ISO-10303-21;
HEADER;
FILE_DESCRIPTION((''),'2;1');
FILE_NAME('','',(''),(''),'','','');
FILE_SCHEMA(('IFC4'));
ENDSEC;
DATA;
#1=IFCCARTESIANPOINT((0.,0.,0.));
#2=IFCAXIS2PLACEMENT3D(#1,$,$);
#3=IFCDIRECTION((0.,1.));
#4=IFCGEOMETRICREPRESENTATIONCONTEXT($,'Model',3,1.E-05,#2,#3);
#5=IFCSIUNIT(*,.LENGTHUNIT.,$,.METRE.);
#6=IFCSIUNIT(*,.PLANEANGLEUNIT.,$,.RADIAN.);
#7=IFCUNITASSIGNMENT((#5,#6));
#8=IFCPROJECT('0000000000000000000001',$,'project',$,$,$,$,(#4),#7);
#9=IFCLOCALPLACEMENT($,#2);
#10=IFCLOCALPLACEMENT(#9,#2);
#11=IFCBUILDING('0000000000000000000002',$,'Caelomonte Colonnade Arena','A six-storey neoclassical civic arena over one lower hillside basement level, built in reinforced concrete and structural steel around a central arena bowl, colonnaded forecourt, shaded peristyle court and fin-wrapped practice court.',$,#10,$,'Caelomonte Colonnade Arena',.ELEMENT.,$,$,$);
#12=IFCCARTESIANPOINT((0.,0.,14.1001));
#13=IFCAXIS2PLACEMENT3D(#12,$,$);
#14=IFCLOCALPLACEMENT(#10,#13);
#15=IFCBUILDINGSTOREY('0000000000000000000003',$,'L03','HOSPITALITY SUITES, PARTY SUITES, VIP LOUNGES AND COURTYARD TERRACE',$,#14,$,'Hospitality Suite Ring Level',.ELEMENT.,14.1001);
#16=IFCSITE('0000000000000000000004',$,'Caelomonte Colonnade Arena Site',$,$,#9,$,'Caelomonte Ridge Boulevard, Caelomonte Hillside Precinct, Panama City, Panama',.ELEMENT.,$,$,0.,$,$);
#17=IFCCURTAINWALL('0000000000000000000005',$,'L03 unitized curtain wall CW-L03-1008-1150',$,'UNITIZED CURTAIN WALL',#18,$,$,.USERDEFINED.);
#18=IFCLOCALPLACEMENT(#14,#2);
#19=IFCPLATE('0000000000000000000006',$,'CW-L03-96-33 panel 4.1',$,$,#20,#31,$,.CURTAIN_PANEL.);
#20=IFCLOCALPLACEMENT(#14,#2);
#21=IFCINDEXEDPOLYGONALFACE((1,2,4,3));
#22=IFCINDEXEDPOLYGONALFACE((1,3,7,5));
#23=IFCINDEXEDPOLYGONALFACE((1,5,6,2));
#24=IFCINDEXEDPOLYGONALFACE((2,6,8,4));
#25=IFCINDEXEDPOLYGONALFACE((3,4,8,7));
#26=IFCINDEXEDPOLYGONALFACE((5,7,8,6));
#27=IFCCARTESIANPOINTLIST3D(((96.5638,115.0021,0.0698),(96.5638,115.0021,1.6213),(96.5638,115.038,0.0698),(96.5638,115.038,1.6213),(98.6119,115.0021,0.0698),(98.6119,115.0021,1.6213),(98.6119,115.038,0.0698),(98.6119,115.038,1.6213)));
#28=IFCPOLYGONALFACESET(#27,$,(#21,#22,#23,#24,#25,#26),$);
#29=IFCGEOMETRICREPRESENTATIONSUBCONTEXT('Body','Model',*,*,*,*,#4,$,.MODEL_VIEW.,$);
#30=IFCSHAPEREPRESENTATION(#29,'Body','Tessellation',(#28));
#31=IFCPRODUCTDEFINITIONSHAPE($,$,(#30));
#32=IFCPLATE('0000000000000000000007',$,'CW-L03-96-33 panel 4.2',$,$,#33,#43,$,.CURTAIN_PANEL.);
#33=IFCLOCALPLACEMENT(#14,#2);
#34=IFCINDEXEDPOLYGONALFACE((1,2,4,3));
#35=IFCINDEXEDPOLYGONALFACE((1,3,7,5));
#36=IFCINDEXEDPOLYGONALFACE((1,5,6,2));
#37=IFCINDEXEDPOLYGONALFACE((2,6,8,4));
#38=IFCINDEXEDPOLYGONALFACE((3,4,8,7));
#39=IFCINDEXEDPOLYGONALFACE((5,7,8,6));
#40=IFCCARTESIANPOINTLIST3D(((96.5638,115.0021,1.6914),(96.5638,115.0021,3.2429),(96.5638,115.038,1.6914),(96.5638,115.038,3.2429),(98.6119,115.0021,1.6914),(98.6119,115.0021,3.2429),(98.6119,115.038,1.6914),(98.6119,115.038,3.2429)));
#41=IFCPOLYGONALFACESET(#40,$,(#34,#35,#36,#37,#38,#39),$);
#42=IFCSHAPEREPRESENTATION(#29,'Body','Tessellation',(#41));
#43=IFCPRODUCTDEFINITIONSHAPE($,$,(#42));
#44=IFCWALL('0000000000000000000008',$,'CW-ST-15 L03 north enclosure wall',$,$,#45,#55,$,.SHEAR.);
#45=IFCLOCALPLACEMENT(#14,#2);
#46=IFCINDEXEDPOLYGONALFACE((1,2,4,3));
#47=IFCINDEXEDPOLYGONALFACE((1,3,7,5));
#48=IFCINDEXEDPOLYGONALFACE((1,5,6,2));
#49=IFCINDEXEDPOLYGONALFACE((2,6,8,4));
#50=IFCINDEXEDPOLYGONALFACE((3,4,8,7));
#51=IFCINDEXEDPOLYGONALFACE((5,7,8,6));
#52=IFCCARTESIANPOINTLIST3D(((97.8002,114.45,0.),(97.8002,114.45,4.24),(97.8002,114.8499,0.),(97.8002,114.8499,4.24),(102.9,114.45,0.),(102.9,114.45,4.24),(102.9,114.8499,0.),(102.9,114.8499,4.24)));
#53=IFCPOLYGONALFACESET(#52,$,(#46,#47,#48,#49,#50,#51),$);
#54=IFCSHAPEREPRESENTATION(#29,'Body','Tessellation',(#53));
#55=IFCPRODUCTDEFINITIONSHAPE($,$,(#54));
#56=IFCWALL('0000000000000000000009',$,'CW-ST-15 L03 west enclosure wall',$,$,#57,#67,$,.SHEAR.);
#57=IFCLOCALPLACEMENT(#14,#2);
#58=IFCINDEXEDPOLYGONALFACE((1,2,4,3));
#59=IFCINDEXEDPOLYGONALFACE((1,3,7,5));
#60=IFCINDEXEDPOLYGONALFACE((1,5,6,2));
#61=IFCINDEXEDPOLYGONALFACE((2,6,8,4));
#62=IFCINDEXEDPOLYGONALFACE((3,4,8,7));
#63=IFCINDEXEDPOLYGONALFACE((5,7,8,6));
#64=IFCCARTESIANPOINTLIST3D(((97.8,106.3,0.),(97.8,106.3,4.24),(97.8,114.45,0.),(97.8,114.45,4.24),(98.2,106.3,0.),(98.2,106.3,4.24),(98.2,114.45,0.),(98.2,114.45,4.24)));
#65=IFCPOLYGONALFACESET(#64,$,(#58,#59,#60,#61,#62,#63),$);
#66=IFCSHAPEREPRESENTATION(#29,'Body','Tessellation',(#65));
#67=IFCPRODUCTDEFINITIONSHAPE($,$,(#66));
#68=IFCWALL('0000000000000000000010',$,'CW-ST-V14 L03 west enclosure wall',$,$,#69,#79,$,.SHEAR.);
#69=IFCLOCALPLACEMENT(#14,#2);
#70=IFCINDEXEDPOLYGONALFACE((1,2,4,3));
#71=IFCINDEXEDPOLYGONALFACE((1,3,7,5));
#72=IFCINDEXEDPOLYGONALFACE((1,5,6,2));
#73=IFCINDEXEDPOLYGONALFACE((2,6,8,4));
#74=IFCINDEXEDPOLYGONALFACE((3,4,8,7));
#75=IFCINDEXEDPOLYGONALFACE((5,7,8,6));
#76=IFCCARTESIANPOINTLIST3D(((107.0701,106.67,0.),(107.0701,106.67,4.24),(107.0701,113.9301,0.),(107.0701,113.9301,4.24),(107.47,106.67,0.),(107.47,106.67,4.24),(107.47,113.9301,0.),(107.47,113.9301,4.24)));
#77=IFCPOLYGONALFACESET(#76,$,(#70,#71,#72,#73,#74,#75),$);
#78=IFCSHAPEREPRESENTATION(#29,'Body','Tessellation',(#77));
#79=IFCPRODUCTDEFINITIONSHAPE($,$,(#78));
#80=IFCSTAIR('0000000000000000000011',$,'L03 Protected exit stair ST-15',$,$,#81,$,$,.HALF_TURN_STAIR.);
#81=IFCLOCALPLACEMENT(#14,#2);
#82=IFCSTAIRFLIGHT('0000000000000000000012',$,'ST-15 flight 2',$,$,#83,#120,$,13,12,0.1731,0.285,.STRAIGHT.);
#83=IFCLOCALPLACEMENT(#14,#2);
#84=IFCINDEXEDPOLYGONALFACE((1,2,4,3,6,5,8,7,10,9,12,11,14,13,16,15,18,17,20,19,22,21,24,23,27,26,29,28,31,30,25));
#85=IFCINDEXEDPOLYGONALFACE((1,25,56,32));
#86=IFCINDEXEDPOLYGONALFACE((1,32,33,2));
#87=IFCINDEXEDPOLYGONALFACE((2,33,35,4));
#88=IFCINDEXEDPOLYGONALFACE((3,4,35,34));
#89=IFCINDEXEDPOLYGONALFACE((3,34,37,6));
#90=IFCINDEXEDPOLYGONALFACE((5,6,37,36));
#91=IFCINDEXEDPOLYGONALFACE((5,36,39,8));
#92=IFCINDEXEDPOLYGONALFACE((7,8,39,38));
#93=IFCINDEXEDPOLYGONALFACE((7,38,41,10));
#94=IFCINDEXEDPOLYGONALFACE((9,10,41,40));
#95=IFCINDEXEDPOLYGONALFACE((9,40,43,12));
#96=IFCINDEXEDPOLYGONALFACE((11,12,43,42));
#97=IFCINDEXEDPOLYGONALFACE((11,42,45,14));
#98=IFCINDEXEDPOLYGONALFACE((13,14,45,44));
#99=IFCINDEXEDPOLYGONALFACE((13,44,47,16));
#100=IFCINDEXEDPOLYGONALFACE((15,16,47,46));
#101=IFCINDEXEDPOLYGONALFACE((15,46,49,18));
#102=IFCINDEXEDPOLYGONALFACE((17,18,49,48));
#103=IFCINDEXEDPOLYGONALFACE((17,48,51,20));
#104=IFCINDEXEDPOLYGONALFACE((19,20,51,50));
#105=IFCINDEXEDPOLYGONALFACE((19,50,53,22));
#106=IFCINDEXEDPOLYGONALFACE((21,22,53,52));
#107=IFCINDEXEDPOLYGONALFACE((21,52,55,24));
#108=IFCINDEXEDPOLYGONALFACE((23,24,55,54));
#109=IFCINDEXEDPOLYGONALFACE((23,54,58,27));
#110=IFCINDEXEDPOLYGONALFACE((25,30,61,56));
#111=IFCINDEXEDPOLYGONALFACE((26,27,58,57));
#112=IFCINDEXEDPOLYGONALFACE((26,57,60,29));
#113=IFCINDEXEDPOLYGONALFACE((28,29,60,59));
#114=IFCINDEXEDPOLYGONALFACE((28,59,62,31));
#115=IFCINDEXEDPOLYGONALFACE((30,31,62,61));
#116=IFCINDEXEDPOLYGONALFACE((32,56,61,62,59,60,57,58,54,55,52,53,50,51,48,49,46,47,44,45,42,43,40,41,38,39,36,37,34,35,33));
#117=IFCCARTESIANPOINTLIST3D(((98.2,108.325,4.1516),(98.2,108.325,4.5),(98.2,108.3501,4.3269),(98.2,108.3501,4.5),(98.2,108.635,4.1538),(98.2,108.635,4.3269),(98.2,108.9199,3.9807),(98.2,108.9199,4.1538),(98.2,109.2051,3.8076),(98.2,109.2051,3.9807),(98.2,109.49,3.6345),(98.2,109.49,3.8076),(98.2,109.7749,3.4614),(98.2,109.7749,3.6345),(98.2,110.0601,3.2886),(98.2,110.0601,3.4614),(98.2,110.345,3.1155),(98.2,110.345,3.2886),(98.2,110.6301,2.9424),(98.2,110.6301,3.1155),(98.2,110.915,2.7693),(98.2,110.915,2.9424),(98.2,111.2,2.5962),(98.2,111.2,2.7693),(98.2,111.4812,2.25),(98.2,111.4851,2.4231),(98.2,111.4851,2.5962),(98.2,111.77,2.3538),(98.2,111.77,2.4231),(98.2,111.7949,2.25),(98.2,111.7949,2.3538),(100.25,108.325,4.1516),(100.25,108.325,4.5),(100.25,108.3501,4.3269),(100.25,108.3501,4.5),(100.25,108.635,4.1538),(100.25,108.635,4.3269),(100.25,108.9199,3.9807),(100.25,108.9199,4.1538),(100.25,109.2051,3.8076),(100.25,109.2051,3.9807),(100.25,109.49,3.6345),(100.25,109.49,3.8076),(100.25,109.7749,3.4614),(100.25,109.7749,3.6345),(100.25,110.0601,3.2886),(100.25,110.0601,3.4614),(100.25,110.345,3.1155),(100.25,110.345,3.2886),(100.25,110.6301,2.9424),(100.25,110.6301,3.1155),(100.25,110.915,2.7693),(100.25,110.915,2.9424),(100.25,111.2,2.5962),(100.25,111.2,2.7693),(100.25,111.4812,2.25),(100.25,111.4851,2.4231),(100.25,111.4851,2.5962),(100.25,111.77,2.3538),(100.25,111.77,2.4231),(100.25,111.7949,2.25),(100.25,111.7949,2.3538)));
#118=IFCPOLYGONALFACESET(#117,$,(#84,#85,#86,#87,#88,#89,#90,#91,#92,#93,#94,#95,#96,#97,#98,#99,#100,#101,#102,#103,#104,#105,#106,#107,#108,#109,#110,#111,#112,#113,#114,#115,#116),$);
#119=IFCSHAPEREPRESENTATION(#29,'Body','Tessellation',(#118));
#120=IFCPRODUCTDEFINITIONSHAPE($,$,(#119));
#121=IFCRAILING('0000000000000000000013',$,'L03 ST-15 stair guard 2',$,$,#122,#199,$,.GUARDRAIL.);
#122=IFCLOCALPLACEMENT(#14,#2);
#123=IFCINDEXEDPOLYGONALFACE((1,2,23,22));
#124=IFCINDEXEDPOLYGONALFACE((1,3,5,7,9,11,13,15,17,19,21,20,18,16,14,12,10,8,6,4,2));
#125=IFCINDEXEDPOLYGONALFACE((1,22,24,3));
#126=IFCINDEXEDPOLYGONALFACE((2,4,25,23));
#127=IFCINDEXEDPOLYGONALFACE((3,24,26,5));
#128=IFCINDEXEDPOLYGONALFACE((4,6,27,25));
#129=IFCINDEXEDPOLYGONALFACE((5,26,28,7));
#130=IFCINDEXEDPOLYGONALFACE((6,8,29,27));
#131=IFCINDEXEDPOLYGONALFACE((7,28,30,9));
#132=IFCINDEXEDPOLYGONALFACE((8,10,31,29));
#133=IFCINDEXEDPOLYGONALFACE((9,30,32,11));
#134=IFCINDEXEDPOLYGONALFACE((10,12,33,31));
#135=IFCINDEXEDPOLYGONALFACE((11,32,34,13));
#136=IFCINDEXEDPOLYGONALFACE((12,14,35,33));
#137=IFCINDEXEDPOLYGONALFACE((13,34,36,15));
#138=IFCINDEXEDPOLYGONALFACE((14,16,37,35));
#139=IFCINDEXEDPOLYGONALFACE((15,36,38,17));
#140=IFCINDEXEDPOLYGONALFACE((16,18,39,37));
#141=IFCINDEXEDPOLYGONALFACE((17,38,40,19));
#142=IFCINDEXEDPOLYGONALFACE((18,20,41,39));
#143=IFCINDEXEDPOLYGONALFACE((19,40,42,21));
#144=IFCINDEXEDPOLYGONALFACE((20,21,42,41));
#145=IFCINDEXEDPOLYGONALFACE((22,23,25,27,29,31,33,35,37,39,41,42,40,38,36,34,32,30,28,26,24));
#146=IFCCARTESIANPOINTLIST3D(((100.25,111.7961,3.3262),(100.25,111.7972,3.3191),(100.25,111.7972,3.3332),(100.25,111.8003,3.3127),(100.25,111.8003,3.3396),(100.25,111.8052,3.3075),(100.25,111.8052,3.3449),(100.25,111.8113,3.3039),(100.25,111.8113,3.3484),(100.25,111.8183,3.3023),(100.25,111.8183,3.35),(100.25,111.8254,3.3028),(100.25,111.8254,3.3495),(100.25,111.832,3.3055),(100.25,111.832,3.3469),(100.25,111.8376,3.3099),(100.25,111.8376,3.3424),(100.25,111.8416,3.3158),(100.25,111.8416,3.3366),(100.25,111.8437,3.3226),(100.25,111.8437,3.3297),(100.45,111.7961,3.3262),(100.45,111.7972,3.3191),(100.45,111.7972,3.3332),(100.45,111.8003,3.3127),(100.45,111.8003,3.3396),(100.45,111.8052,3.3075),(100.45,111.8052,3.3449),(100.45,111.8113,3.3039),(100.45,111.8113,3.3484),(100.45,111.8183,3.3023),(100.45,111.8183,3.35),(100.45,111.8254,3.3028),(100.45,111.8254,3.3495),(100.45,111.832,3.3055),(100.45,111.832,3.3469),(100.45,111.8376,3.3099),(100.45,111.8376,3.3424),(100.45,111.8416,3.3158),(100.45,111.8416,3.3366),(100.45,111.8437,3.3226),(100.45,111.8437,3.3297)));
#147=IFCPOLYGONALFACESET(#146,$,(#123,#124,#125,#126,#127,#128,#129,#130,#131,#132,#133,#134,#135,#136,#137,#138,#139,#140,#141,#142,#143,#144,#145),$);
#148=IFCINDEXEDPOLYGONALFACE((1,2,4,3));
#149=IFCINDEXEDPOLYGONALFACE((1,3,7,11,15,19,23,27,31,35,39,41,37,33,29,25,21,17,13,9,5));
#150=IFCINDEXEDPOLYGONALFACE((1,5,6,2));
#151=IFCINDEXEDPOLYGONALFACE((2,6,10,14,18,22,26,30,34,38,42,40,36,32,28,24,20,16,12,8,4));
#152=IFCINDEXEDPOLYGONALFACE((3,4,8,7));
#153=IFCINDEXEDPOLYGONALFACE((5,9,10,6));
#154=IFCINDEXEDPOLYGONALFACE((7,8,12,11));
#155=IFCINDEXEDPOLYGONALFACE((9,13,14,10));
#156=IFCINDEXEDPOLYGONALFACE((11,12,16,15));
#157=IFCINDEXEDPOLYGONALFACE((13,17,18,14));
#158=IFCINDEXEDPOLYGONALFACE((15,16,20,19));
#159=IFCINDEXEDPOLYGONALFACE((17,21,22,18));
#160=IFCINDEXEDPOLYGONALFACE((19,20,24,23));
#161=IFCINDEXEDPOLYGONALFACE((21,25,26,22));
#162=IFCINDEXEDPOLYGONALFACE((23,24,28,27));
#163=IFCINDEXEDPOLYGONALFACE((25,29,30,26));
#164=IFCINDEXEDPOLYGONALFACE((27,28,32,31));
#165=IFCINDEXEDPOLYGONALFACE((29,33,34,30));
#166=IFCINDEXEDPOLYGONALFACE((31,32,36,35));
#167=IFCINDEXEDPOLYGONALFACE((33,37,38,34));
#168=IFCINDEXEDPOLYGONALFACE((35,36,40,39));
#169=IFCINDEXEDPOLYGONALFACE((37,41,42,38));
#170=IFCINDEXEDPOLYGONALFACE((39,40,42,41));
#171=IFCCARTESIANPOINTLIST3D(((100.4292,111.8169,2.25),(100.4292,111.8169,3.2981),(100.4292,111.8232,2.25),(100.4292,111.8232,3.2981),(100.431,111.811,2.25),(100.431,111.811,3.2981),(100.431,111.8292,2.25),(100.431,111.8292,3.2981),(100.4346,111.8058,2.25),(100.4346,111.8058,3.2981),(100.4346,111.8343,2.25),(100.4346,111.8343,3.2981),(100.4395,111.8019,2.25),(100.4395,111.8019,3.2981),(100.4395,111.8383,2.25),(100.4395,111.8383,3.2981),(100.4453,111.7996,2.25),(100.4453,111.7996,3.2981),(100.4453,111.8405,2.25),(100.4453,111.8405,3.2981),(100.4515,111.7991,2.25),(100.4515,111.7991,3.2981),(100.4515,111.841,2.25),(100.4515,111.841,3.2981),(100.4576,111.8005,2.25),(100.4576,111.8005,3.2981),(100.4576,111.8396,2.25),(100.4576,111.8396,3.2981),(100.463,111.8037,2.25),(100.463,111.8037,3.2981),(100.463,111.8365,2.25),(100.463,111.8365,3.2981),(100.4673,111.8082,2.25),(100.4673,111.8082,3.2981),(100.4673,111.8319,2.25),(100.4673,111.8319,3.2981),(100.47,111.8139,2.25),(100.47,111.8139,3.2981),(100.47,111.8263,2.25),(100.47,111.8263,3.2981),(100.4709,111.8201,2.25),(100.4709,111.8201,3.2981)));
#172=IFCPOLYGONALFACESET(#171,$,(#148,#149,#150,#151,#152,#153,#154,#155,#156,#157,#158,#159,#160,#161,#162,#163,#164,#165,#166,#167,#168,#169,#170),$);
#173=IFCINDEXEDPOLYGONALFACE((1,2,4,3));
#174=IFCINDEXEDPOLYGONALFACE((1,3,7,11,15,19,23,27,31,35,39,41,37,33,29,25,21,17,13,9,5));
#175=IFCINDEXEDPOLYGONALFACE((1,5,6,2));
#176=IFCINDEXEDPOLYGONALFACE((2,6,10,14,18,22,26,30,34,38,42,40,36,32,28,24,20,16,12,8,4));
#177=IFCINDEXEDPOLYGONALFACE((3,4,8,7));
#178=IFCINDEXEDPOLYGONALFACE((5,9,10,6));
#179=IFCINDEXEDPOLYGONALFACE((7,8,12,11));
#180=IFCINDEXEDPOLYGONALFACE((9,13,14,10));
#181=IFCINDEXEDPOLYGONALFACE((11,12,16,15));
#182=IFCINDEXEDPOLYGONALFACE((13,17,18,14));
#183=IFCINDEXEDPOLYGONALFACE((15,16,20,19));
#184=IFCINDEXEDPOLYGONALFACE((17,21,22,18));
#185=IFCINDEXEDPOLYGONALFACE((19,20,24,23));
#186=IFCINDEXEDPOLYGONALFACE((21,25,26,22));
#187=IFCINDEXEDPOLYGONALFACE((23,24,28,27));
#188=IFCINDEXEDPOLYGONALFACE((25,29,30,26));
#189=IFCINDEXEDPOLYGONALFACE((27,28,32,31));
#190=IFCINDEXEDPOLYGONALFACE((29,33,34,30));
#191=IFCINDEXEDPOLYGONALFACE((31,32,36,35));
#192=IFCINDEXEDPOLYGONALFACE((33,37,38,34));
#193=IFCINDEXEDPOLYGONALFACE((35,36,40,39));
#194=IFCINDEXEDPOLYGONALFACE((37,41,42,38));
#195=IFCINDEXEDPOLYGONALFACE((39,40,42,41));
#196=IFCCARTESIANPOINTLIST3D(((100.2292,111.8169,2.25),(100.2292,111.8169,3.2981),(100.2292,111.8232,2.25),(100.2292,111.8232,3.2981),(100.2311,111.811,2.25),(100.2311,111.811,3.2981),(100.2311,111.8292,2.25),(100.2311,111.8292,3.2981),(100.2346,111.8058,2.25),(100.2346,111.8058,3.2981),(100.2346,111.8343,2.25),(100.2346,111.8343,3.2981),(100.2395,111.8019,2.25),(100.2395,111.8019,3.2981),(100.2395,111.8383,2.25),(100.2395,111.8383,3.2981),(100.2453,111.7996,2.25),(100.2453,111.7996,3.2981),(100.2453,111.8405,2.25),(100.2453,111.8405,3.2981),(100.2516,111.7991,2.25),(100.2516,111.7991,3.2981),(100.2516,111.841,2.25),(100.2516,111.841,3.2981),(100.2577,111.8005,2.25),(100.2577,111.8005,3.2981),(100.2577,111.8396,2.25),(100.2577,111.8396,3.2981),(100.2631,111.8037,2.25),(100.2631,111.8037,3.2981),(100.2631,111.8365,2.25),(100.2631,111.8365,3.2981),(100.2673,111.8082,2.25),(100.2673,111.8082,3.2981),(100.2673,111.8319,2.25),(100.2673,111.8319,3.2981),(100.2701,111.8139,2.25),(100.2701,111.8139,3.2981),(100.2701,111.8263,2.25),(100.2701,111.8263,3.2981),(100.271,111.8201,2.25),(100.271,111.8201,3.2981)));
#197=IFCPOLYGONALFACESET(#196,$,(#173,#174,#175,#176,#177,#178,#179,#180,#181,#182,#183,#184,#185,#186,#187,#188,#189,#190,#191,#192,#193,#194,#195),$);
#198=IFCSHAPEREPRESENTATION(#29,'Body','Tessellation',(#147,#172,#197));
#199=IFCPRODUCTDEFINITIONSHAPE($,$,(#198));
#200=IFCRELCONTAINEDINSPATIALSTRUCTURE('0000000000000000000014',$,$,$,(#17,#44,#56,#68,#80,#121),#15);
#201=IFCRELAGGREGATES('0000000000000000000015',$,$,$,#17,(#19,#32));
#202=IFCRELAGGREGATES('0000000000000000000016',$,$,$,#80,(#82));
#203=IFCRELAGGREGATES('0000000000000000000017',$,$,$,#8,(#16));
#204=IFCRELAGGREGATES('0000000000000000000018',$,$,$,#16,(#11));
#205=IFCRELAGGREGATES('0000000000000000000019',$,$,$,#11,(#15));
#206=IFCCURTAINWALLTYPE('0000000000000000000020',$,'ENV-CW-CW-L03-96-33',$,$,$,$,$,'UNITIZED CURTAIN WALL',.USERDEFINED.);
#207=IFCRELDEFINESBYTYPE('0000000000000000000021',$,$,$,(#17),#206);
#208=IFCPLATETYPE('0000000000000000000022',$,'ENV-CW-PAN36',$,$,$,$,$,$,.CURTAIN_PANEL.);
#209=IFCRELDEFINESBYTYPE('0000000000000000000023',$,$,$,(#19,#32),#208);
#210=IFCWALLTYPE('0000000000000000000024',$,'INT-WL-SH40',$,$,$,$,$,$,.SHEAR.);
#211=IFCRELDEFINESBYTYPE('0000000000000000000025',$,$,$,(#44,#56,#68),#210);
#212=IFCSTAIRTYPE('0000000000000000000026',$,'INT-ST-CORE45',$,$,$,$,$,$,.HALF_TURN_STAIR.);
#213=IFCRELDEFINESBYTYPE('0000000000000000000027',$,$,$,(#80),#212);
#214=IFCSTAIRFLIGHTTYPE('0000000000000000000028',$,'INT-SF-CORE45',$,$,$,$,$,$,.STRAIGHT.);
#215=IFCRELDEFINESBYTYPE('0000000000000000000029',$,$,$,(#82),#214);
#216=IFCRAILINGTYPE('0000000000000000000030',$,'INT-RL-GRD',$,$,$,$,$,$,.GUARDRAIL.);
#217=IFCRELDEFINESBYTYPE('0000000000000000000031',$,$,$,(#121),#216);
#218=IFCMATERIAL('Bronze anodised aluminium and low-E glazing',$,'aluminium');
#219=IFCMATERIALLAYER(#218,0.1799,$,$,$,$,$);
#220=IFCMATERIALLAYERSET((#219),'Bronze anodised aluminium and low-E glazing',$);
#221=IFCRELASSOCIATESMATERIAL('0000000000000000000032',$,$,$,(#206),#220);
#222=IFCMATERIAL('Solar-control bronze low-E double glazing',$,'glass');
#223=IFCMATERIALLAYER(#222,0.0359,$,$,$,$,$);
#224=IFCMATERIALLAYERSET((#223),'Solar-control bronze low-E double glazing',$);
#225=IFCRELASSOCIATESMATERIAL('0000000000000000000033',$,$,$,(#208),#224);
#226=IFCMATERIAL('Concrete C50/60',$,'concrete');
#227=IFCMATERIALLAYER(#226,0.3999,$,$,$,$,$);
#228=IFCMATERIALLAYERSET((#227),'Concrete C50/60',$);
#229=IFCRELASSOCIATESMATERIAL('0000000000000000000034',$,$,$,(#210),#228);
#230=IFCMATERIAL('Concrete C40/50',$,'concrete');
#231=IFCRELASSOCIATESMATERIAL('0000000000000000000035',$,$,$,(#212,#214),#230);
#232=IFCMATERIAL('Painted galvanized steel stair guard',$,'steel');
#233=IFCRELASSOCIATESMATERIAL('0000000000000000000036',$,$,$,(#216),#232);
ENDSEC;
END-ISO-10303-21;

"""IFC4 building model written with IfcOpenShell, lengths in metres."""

from ifc_helpers import new_model, si_unit, direction, frame, frame_2d, origin, origin_2d, place, context, subcontext, project, spatial, polyline, rectangle, circle, outline, extrude, material, layer, layer_set, type_object, element, aggregate, save


model = new_model("IFC4")

# Units and contexts
model_context = context("Model", 3, precision=1e-05, world=origin(), true_north=direction((0.0, 1.0)))
body_context = subcontext(model_context, "Body", "Model", "MODEL_VIEW")
ifc_project = project(units=[si_unit("LENGTHUNIT", "METRE"), si_unit("PLANEANGLEUNIT", "RADIAN")], contexts=[model_context])

# Site, building, storey
site_placement = place(None, origin())
site = spatial("IfcSite", under=ifc_project, at=site_placement, Name="Caelomonte Colonnade Arena Site", LongName="Caelomonte Ridge Boulevard, Caelomonte Hillside Precinct, Panama City, Panama", CompositionType="ELEMENT", RefElevation=0.0)
building_placement = place(site_placement, origin())
building = spatial("IfcBuilding", under=site, at=building_placement, Name="Caelomonte Colonnade Arena", Description="A six-storey neoclassical civic arena over one lower hillside basement level, built in reinforced concrete and structural steel around a central arena bowl, colonnaded forecourt, shaded peristyle court and fin-wrapped practice court.", LongName="Caelomonte Colonnade Arena", CompositionType="ELEMENT")
storey_placement = place(building_placement, frame((0.0, 0.0, 14.1001)))
storey = spatial("IfcBuildingStorey", under=building, at=storey_placement, Name="L03", Description="HOSPITALITY SUITES, PARTY SUITES, VIP LOUNGES AND COURTYARD TERRACE", LongName="Hospitality Suite Ring Level", CompositionType="ELEMENT", Elevation=14.1001)

# Curtain wall
ifc_material_1 = material(Name="Bronze anodised aluminium and low-E glazing", Category="aluminium")
ifc_layer_1 = layer(ifc_material_1, 0.1799)
ifc_layer_set_1 = layer_set([ifc_layer_1], Name="Bronze anodised aluminium and low-E glazing")
curtain_wall_type = type_object("IfcCurtainWallType", Name="ENV-CW-CW-L03-96-33", ElementType="UNITIZED CURTAIN WALL", PredefinedType="USERDEFINED", material=ifc_layer_set_1)
curtain_wall_1_placement = place(storey_placement, origin())
curtain_wall_1 = element("IfcCurtainWall", 1, at=curtain_wall_1_placement, inside=storey, type_object=curtain_wall_type, Name="L03 unitized curtain wall CW-L03-1008-1150", ObjectType="UNITIZED CURTAIN WALL", PredefinedType="USERDEFINED")

# Plates
ifc_material_2 = material(Name="Solar-control bronze low-E double glazing", Category="glass")
ifc_layer_2 = layer(ifc_material_2, 0.0359)
ifc_layer_set_2 = layer_set([ifc_layer_2], Name="Solar-control bronze low-E double glazing")
plate_type = type_object("IfcPlateType", Name="ENV-CW-PAN36", PredefinedType="CURTAIN_PANEL", material=ifc_layer_set_2)
plate_1_placement = place(storey_placement, frame((97.5879, 115.02, 0.0698), z_axis=(0.0, 0.0, 1.0), x_axis=(-1.0, 0.0, 0.0)))
plate_1 = element("IfcPlate", 2, at=plate_1_placement, type_object=plate_type, Name="CW-L03-96-33 panel 4.1", PredefinedType="CURTAIN_PANEL", context=body_context, shape_type="SweptSolid", body=[
    extrude(rectangle(XDim=2.0481, YDim=0.0359, at=origin_2d()), origin(), (0.0, 0.0, 1.0), 1.5515),
])
plate_2_placement = place(storey_placement, frame((97.5879, 115.02, 1.6914), z_axis=(0.0, 0.0, 1.0), x_axis=(-1.0, 0.0, 0.0)))
plate_2 = element("IfcPlate", 3, at=plate_2_placement, type_object=plate_type, Name="CW-L03-96-33 panel 4.2", PredefinedType="CURTAIN_PANEL", context=body_context, shape_type="SweptSolid", body=[
    extrude(rectangle(XDim=2.0481, YDim=0.0359, at=origin_2d()), origin(), (0.0, 0.0, 1.0), 1.5515),
])
aggregate(curtain_wall_1, [plate_1, plate_2])

# Walls
ifc_material_3 = material(Name="Concrete C50/60", Category="concrete")
ifc_layer_3 = layer(ifc_material_3, 0.3999)
ifc_layer_set_3 = layer_set([ifc_layer_3], Name="Concrete C50/60")
wall_type = type_object("IfcWallType", Name="INT-WL-SH40", PredefinedType="SHEAR", material=ifc_layer_set_3)
wall_1_placement = place(storey_placement, frame((102.8999, 114.6499, 0.0), z_axis=(0.0, 0.0, 1.0), x_axis=(-1.0, 0.0, 0.0)))
element("IfcWall", 4, at=wall_1_placement, inside=storey, type_object=wall_type, Name="CW-ST-15 L03 north enclosure wall", PredefinedType="SHEAR", context=body_context, shape_type="SweptSolid", body=[
    extrude(rectangle(XDim=5.0999, YDim=0.3999, at=frame_2d((2.5498, 0.0))), origin(), (0.0, 0.0, 1.0), 4.24),
])
wall_2_placement = place(storey_placement, frame((98.0, 114.45, 0.0), z_axis=(0.0, 0.0, 1.0), x_axis=(0.0, -1.0, 0.0)))
element("IfcWall", 5, at=wall_2_placement, inside=storey, type_object=wall_type, Name="CW-ST-15 L03 west enclosure wall", PredefinedType="SHEAR", context=body_context, shape_type="SweptSolid", body=[
    extrude(rectangle(XDim=8.1499, YDim=0.3999, at=frame_2d((4.075, 0.0))), origin(), (0.0, 0.0, 1.0), 4.24),
])
wall_3_placement = place(storey_placement, frame((107.27, 113.9299, 0.0), z_axis=(0.0, 0.0, 1.0), x_axis=(0.0, -1.0, 0.0)))
element("IfcWall", 6, at=wall_3_placement, inside=storey, type_object=wall_type, Name="CW-ST-V14 L03 west enclosure wall", PredefinedType="SHEAR", context=body_context, shape_type="SweptSolid", body=[
    extrude(rectangle(XDim=7.26, YDim=0.3999, at=frame_2d((3.6299, 0.0))), origin(), (0.0, 0.0, 1.0), 4.24),
])

# Stair, stair flight
ifc_material_4 = material(Name="Concrete C40/50", Category="concrete")
stair_type = type_object("IfcStairType", Name="INT-ST-CORE45", PredefinedType="HALF_TURN_STAIR", material=ifc_material_4)
stair_placement = place(storey_placement, origin())
stair = element("IfcStair", 7, at=stair_placement, inside=storey, type_object=stair_type, Name="L03 Protected exit stair ST-15", PredefinedType="HALF_TURN_STAIR")
stair_flight_type = type_object("IfcStairFlightType", Name="INT-SF-CORE45", PredefinedType="STRAIGHT", material=ifc_material_4)
stair_flight_placement = place(storey_placement, frame((99.2251, 111.77, 2.25), z_axis=(0.0, 0.0, 1.0), x_axis=(0.0, -1.0, 0.0)))
stair_flight = element("IfcStairFlight", 8, at=stair_flight_placement, type_object=stair_flight_type, Name="ST-15 flight 2", NumberOfRisers=13, NumberOfTreads=12, PredefinedType="STRAIGHT", RiserHeight=0.1731, TreadLength=0.285, context=body_context, shape_type="SweptSolid", body=[
    extrude(outline(polyline([(-0.0249, 0.0), (-0.0249, 0.1038), (0.0, 0.1038), (0.0, 0.1731), (0.2849, 0.1731), (0.2849, 0.3462), (0.5701, 0.3462), (0.5701, 0.5193), (0.855, 0.5193), (0.855, 0.6924), (1.1399, 0.6924), (1.1399, 0.8655), (1.425, 0.8655), (1.425, 1.0386), (1.71, 1.0386), (1.71, 1.2114), (1.9951, 1.2114), (1.9951, 1.3845), (2.28, 1.3845), (2.28, 1.5576), (2.5649, 1.5576), (2.5649, 1.7307), (2.8501, 1.7307), (2.8501, 1.9038), (3.135, 1.9038), (3.135, 2.0769), (3.4199, 2.0769), (3.4199, 2.25), (3.4451, 2.25), (3.4451, 1.9016), (0.2888, 0.0), (-0.0249, 0.0)])), frame((0.0, 1.0249, 0.0), z_axis=(0.0, -1.0, 0.0), x_axis=(1.0, 0.0, 0.0)), (0.0, 0.0, 1.0), 2.05),
])
aggregate(stair, [stair_flight])

# Railing
ifc_material_5 = material(Name="Painted galvanized steel stair guard", Category="steel")
railing_type_1 = type_object("IfcRailingType", Name="INT-RL-GRD", PredefinedType="GUARDRAIL", material=ifc_material_5)
railing_1_placement = place(storey_placement, frame((100.45, 111.8201, 2.25)))
element("IfcRailing", 9, at=railing_1_placement, inside=storey, type_object=railing_type_1, Name="L03 ST-15 stair guard 2", PredefinedType="GUARDRAIL", context=body_context, shape_type="SweptSolid", body=[
    extrude(circle(Radius=0.0239, at=origin_2d()), frame((0.0, 0.0, 1.0762), z_axis=(-1.0, 0.0, 0.0), x_axis=(0.0, -1.0, 0.0)), (0.0, 0.0, 1.0), 0.2),
    extrude(circle(Radius=0.021, at=origin_2d()), origin(), (0.0, 0.0, 1.0), 1.0481),
    extrude(circle(Radius=0.021, at=origin_2d()), frame((-0.2, 0.0, 0.0)), (0.0, 0.0, 1.0), 1.0481),
])

save(model, "model.ifc")
